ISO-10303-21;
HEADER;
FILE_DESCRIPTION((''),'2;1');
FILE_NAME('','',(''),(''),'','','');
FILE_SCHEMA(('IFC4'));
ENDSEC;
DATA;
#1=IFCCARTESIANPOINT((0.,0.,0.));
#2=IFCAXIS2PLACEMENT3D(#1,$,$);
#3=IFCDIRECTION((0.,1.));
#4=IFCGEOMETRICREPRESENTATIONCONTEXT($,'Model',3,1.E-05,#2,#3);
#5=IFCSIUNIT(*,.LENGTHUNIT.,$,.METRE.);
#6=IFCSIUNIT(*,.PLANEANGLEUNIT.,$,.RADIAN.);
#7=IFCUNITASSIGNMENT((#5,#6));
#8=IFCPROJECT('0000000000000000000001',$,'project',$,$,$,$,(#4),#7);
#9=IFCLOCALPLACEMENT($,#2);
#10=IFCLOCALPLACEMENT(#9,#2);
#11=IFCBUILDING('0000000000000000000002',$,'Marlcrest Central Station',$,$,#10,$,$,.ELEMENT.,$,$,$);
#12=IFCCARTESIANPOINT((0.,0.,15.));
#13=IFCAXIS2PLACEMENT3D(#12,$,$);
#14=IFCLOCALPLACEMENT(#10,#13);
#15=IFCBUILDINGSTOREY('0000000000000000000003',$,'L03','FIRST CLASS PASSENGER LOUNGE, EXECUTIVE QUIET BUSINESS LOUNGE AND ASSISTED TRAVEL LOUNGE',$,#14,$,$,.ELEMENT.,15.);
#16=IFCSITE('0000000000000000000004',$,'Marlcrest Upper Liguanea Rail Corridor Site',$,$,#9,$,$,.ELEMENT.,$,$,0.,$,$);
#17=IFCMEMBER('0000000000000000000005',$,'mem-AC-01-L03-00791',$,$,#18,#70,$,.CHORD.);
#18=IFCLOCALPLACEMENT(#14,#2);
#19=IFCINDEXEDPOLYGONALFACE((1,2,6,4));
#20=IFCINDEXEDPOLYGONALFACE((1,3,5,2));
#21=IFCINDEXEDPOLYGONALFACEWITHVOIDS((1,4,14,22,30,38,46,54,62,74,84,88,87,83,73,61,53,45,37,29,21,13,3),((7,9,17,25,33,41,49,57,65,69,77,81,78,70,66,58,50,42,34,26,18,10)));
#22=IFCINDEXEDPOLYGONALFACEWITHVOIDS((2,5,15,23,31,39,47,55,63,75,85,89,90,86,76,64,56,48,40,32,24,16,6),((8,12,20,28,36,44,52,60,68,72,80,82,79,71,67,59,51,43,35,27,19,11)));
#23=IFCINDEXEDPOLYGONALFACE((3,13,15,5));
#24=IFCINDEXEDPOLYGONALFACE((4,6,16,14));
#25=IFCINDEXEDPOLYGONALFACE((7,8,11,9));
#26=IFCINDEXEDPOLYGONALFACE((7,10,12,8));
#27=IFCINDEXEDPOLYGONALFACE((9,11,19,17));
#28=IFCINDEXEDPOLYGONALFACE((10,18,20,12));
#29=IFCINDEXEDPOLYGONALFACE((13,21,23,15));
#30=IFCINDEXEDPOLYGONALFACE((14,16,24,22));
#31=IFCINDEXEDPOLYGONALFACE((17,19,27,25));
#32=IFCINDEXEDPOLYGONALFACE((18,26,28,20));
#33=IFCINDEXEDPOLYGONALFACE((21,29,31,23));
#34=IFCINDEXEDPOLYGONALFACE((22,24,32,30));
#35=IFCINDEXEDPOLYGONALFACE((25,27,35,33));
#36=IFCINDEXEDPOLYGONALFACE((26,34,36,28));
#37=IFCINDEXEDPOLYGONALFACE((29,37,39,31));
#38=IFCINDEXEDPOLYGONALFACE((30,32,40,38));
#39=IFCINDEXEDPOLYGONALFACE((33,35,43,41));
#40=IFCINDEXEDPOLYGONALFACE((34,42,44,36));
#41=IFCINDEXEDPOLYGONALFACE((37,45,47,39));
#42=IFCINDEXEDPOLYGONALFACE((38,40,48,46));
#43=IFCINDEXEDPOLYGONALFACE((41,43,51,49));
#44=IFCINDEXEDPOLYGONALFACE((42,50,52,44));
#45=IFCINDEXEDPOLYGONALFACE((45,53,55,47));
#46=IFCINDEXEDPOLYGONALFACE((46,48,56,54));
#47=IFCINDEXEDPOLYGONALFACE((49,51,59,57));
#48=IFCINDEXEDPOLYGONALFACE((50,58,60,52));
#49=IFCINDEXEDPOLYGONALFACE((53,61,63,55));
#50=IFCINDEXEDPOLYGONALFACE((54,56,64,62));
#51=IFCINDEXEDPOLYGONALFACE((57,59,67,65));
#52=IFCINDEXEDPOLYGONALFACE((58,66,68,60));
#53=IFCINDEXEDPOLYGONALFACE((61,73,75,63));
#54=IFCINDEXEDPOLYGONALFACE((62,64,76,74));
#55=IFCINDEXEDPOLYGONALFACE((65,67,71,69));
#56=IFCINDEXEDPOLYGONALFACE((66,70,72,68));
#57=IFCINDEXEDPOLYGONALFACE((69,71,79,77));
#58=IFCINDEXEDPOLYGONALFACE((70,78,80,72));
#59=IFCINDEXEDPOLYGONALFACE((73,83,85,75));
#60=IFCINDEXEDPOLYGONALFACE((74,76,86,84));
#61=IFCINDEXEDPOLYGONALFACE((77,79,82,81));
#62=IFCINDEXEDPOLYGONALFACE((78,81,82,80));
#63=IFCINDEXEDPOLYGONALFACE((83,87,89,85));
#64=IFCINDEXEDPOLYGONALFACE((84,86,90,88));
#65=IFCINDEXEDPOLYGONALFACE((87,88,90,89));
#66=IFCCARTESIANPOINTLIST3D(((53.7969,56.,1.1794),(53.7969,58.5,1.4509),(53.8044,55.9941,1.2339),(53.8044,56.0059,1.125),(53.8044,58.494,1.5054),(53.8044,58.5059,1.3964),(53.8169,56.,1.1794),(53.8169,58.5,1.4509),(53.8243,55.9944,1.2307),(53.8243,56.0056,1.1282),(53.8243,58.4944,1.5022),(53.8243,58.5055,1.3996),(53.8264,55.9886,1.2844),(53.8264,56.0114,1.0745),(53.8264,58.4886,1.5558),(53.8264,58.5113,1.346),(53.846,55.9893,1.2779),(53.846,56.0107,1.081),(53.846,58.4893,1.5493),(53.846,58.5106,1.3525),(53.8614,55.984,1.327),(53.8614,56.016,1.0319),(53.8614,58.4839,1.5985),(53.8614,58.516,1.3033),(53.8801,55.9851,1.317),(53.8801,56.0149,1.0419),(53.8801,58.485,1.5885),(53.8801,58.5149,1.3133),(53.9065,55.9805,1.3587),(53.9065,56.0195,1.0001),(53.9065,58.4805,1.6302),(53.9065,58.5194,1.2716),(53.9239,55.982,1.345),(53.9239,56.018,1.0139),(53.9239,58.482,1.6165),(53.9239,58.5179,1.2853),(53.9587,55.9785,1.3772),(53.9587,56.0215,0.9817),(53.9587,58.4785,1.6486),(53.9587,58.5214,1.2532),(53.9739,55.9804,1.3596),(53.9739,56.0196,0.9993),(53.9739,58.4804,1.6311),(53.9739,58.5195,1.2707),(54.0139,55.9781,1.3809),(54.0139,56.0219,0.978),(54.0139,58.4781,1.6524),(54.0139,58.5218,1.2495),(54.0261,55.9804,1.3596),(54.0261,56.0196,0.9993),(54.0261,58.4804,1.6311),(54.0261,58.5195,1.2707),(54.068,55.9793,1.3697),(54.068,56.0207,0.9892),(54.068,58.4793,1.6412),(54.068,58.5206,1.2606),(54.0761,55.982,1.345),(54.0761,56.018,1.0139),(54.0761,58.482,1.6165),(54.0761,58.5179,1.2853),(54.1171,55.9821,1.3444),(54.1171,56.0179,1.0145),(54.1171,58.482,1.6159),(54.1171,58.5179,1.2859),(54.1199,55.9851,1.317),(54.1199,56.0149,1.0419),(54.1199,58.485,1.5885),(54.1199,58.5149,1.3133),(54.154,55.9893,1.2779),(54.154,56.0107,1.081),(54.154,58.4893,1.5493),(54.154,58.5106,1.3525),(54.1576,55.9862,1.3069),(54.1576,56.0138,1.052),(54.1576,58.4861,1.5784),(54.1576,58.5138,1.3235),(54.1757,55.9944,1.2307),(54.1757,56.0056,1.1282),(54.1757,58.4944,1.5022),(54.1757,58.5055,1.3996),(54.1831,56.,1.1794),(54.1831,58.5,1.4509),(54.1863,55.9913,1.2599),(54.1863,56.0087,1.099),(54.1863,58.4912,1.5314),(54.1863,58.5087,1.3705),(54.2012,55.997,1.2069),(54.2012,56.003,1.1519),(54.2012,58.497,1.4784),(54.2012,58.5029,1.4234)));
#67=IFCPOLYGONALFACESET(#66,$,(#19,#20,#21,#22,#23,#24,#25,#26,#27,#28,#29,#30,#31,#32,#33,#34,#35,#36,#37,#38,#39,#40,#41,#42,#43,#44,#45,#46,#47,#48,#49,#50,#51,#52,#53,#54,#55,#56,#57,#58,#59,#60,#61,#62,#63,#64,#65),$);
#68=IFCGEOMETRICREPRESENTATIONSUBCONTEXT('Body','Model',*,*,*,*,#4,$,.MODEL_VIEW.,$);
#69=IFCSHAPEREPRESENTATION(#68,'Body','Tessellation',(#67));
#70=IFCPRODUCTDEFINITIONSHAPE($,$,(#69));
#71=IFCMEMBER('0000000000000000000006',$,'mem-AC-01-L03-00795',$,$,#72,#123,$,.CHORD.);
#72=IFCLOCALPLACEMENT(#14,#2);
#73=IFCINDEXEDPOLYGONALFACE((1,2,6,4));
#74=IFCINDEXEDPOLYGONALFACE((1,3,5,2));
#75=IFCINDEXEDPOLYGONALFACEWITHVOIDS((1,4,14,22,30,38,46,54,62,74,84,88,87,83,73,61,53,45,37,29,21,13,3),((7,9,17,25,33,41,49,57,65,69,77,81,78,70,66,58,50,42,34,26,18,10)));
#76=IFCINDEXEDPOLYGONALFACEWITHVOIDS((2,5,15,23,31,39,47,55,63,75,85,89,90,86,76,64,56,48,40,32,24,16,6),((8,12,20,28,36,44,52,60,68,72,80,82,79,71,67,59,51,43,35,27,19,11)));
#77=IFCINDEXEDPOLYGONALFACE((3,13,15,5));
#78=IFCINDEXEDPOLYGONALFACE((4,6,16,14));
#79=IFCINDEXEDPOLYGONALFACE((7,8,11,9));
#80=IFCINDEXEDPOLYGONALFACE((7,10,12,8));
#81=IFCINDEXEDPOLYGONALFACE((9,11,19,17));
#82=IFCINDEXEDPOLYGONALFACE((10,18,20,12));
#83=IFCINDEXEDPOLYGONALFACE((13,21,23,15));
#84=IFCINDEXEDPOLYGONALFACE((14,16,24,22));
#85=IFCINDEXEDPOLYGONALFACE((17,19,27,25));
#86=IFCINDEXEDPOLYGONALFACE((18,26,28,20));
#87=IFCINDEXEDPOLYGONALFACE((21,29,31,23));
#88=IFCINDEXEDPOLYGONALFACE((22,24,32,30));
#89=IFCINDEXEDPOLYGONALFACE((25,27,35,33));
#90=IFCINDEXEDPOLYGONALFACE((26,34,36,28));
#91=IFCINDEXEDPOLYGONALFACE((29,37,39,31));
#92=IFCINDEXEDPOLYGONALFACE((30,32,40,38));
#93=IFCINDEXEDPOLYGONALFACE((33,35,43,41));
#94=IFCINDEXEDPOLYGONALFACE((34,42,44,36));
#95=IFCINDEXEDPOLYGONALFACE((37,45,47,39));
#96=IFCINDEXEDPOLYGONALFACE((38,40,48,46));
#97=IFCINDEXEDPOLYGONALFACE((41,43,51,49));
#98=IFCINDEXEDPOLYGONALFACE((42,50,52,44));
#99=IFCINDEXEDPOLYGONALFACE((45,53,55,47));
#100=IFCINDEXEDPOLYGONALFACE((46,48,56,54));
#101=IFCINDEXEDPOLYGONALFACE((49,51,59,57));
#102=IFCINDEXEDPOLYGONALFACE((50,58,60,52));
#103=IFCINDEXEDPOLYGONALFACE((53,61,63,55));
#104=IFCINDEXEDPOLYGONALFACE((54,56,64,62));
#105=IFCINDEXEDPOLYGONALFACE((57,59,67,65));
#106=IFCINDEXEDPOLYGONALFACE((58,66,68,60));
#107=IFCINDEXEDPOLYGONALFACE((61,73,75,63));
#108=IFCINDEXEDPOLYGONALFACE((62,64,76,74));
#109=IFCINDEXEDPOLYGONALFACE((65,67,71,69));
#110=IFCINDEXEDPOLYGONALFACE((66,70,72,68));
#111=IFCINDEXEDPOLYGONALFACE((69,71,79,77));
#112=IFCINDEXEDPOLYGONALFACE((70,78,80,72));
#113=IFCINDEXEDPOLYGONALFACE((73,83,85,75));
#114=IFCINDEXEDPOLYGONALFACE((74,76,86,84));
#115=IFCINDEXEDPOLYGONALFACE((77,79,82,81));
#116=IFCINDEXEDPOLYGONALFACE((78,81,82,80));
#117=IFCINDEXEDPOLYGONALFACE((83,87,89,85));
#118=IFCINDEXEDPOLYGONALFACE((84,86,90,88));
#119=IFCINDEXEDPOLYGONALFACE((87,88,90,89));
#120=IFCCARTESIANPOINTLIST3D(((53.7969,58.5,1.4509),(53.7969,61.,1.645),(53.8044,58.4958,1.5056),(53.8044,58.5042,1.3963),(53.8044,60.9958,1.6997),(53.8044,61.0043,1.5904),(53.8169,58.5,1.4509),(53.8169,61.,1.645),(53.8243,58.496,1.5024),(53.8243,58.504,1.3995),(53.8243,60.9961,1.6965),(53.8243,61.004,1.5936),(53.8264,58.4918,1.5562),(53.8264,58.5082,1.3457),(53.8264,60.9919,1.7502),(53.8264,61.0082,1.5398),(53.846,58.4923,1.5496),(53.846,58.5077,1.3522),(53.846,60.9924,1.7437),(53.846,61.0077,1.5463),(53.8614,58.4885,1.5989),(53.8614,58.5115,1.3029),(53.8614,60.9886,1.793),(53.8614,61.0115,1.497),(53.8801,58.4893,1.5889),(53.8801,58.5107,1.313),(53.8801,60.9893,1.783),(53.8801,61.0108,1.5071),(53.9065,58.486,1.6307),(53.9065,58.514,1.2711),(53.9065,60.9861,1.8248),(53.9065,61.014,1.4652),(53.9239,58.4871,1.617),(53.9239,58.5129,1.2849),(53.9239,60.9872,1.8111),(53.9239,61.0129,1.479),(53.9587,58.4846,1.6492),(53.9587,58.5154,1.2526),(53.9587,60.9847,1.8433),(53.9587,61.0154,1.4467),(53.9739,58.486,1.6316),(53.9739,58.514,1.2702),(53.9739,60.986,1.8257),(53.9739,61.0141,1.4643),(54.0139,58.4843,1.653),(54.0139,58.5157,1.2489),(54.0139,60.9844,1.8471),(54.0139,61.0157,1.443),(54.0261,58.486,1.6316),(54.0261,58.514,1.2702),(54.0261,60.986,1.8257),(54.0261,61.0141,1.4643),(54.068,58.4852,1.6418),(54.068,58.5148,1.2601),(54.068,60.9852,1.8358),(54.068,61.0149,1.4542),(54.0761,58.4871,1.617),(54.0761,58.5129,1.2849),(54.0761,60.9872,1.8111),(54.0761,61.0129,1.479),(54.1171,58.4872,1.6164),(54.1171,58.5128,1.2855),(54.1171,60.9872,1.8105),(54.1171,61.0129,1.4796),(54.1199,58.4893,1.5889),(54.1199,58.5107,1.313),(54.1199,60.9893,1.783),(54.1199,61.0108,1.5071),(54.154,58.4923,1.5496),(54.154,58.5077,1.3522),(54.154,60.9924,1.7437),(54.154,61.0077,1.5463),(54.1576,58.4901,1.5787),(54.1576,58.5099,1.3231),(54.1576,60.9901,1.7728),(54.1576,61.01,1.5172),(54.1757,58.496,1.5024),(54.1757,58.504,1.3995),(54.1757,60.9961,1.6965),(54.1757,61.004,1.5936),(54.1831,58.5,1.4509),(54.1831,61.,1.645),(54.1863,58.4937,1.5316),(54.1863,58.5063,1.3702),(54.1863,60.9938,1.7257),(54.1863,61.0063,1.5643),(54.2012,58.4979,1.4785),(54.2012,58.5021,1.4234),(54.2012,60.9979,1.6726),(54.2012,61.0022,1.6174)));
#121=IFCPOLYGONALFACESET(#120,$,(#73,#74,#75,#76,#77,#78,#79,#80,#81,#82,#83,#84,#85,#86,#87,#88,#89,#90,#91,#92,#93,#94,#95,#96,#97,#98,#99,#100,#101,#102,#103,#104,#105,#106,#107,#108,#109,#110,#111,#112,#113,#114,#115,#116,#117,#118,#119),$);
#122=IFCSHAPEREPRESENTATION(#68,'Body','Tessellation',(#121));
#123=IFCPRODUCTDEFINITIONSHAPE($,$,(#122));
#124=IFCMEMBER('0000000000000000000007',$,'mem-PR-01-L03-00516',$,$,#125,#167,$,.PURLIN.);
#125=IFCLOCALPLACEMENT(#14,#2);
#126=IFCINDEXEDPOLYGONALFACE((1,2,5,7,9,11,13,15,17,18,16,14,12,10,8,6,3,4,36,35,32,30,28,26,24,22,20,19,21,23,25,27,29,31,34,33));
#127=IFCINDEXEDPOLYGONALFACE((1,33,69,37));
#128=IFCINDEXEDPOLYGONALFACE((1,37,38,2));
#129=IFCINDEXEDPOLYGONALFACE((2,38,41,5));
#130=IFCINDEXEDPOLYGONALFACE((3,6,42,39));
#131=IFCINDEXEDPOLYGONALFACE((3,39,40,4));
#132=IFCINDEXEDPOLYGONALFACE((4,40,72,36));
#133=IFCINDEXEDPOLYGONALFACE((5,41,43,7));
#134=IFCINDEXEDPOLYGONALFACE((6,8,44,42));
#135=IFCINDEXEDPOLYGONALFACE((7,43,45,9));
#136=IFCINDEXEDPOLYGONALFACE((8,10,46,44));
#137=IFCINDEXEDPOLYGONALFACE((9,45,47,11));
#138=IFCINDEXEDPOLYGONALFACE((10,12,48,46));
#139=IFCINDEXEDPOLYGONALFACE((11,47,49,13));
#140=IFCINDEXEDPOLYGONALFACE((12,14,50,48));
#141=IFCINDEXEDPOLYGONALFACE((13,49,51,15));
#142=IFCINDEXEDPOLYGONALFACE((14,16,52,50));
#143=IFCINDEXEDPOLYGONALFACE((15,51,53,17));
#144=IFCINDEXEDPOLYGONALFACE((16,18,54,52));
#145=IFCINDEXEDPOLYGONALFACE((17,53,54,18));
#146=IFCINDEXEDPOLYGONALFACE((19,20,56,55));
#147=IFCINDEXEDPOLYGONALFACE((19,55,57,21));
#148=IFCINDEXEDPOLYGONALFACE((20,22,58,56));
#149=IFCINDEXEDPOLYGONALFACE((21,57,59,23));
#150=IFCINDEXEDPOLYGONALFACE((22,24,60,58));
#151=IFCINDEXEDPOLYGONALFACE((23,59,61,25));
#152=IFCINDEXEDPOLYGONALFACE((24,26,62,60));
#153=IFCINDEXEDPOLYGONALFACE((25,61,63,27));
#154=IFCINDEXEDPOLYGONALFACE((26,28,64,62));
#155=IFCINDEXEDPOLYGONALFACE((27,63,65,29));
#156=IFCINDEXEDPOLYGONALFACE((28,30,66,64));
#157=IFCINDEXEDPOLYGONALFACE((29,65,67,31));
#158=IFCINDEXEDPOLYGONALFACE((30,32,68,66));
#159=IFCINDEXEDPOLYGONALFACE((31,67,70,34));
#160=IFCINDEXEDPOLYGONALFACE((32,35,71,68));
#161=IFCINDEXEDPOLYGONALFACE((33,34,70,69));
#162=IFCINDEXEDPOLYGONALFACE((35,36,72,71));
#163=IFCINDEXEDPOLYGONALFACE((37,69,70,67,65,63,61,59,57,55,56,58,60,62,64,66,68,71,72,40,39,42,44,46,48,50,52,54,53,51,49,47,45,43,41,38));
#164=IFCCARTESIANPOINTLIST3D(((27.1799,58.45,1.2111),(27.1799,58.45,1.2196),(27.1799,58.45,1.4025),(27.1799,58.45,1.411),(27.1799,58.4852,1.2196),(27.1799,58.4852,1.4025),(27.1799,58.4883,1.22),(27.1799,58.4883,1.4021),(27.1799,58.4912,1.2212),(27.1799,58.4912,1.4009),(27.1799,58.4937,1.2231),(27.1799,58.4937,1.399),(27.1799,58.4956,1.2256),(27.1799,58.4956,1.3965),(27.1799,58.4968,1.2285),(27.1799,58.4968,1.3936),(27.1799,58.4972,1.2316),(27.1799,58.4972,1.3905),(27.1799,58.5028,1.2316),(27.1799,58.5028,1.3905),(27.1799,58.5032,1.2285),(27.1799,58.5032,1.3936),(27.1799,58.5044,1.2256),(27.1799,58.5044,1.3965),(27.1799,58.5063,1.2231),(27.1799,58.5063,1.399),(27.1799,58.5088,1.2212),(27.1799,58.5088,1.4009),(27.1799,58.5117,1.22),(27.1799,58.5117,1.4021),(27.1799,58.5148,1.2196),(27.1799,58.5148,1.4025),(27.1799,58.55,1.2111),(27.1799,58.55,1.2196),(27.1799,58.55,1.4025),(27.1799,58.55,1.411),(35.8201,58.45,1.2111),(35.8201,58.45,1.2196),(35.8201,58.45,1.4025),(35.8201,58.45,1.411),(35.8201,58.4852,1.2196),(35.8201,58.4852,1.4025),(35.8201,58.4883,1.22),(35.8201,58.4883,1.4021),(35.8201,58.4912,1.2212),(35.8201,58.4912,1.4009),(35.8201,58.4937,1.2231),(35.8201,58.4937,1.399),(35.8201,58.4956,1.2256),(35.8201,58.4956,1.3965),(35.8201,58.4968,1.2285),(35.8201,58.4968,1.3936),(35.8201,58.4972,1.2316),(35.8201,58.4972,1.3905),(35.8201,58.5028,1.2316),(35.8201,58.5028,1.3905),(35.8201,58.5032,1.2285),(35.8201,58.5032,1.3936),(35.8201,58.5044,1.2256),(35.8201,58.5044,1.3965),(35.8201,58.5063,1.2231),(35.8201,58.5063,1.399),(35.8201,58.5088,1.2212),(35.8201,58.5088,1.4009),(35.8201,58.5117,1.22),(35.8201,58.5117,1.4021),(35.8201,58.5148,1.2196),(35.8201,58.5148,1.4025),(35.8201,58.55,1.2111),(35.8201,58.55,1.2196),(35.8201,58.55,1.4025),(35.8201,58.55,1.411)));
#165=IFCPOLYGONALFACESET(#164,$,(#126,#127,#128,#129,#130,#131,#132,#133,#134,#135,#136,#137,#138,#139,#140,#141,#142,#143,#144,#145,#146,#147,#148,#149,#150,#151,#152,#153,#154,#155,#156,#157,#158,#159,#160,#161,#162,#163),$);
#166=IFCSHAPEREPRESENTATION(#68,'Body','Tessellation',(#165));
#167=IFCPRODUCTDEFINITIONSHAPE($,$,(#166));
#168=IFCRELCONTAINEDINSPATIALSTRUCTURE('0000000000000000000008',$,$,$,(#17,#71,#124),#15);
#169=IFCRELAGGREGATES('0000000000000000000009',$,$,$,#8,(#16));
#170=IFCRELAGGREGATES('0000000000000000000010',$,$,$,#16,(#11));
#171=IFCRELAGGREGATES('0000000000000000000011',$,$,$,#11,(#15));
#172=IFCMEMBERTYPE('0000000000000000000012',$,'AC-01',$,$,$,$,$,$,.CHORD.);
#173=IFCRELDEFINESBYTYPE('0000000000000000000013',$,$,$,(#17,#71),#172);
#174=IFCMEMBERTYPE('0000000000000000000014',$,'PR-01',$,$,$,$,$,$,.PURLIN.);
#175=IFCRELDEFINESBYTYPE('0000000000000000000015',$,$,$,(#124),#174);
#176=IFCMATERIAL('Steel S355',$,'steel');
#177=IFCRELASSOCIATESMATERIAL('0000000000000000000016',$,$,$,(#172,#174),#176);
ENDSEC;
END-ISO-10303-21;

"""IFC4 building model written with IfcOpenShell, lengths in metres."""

from ifc_helpers import new_model, si_unit, direction, frame, origin, origin_2d, place, context, subcontext, project, spatial, hollow_circle, i_section, extrude, material, material_profile, profile_set, type_object, element, save


model = new_model("IFC4")

# Units and contexts
model_context = context("Model", 3, precision=1e-05, world=origin(), true_north=direction((0.0, 1.0)))
body_context = subcontext(model_context, "Body", "Model", "MODEL_VIEW")
ifc_project = project(units=[si_unit("LENGTHUNIT", "METRE"), si_unit("PLANEANGLEUNIT", "RADIAN")], contexts=[model_context])

# Site, building, storey
site_placement = place(None, origin())
site = spatial("IfcSite", under=ifc_project, at=site_placement, Name="Marlcrest Upper Liguanea Rail Corridor Site", CompositionType="ELEMENT", RefElevation=0.0)
building_placement = place(site_placement, origin())
building = spatial("IfcBuilding", under=site, at=building_placement, Name="Marlcrest Central Station", CompositionType="ELEMENT")
storey_placement = place(building_placement, frame((0.0, 0.0, 15.0)))
storey = spatial("IfcBuildingStorey", under=building, at=storey_placement, Name="L03", Description="FIRST CLASS PASSENGER LOUNGE, EXECUTIVE QUIET BUSINESS LOUNGE AND ASSISTED TRAVEL LOUNGE", CompositionType="ELEMENT", Elevation=15.0)

# Members
ifc_material_1 = material(Name="Steel S355", Category="steel")
ifc_material_profile_1 = material_profile(ifc_material_1, hollow_circle(Radius=0.2031, WallThickness=0.02, at=origin_2d()), Name="CHS 406.4x20")
ifc_profile_set_1 = profile_set([ifc_material_profile_1], Name="Steel S355")
member_type_1 = type_object("IfcMemberType", Name="AC-01", PredefinedType="CHORD", material=ifc_profile_set_1)
member_1_placement = place(storey_placement, frame((54.0, 56.0, 1.1794), z_axis=(0.0, 0.994155, 0.107959), x_axis=(-1.0, 0.0, 0.0)))
element("IfcMember", 1, at=member_1_placement, inside=storey, type_object=member_type_1, Name="mem-AC-01-L03-00791", PredefinedType="CHORD", context=body_context, shape_type="SweptSolid", body=[
    extrude(hollow_circle(Radius=0.2031, WallThickness=0.02, at=origin_2d()), origin(), (0.0, 0.0, 1.0), 2.5146),
])
member_2_placement = place(storey_placement, frame((54.0, 58.5, 1.4509), z_axis=(0.0, 0.997, 0.077404), x_axis=(-1.0, 0.0, 0.0)))
element("IfcMember", 2, at=member_2_placement, inside=storey, type_object=member_type_1, Name="mem-AC-01-L03-00795", PredefinedType="CHORD", context=body_context, shape_type="SweptSolid", body=[
    extrude(hollow_circle(Radius=0.2031, WallThickness=0.02, at=origin_2d()), origin(), (0.0, 0.0, 1.0), 2.5076),
])
ifc_material_profile_2 = material_profile(ifc_material_1, i_section(OverallWidth=0.1001, OverallDepth=0.2, WebThickness=0.0056, FlangeThickness=0.0085, FilletRadius=0.012, at=origin_2d()), Name="IPE 200")
ifc_profile_set_2 = profile_set([ifc_material_profile_2], Name="Steel S355")
member_type_2 = type_object("IfcMemberType", Name="PR-01", PredefinedType="PURLIN", material=ifc_profile_set_2)
for number, where, z_axis, x_axis, name in (
    (3, (27.1799, 58.5, 1.311), (1.0, 0.0, 0.0), (0.0, 1.0, 0.0), "mem-PR-01-L03-00516"),
):
    element("IfcMember", number, at=place(storey_placement, frame(where, z_axis=z_axis, x_axis=x_axis)), inside=storey, type_object=member_type_2, Name=name, PredefinedType="PURLIN", context=body_context, shape_type="SweptSolid", body=[
        extrude(i_section(OverallWidth=0.1001, OverallDepth=0.2, WebThickness=0.0056, FlangeThickness=0.0085, FilletRadius=0.012, at=origin_2d()), origin(), (0.0, 0.0, 1.0), 8.6401),
    ])

save(model, "model.ifc")
